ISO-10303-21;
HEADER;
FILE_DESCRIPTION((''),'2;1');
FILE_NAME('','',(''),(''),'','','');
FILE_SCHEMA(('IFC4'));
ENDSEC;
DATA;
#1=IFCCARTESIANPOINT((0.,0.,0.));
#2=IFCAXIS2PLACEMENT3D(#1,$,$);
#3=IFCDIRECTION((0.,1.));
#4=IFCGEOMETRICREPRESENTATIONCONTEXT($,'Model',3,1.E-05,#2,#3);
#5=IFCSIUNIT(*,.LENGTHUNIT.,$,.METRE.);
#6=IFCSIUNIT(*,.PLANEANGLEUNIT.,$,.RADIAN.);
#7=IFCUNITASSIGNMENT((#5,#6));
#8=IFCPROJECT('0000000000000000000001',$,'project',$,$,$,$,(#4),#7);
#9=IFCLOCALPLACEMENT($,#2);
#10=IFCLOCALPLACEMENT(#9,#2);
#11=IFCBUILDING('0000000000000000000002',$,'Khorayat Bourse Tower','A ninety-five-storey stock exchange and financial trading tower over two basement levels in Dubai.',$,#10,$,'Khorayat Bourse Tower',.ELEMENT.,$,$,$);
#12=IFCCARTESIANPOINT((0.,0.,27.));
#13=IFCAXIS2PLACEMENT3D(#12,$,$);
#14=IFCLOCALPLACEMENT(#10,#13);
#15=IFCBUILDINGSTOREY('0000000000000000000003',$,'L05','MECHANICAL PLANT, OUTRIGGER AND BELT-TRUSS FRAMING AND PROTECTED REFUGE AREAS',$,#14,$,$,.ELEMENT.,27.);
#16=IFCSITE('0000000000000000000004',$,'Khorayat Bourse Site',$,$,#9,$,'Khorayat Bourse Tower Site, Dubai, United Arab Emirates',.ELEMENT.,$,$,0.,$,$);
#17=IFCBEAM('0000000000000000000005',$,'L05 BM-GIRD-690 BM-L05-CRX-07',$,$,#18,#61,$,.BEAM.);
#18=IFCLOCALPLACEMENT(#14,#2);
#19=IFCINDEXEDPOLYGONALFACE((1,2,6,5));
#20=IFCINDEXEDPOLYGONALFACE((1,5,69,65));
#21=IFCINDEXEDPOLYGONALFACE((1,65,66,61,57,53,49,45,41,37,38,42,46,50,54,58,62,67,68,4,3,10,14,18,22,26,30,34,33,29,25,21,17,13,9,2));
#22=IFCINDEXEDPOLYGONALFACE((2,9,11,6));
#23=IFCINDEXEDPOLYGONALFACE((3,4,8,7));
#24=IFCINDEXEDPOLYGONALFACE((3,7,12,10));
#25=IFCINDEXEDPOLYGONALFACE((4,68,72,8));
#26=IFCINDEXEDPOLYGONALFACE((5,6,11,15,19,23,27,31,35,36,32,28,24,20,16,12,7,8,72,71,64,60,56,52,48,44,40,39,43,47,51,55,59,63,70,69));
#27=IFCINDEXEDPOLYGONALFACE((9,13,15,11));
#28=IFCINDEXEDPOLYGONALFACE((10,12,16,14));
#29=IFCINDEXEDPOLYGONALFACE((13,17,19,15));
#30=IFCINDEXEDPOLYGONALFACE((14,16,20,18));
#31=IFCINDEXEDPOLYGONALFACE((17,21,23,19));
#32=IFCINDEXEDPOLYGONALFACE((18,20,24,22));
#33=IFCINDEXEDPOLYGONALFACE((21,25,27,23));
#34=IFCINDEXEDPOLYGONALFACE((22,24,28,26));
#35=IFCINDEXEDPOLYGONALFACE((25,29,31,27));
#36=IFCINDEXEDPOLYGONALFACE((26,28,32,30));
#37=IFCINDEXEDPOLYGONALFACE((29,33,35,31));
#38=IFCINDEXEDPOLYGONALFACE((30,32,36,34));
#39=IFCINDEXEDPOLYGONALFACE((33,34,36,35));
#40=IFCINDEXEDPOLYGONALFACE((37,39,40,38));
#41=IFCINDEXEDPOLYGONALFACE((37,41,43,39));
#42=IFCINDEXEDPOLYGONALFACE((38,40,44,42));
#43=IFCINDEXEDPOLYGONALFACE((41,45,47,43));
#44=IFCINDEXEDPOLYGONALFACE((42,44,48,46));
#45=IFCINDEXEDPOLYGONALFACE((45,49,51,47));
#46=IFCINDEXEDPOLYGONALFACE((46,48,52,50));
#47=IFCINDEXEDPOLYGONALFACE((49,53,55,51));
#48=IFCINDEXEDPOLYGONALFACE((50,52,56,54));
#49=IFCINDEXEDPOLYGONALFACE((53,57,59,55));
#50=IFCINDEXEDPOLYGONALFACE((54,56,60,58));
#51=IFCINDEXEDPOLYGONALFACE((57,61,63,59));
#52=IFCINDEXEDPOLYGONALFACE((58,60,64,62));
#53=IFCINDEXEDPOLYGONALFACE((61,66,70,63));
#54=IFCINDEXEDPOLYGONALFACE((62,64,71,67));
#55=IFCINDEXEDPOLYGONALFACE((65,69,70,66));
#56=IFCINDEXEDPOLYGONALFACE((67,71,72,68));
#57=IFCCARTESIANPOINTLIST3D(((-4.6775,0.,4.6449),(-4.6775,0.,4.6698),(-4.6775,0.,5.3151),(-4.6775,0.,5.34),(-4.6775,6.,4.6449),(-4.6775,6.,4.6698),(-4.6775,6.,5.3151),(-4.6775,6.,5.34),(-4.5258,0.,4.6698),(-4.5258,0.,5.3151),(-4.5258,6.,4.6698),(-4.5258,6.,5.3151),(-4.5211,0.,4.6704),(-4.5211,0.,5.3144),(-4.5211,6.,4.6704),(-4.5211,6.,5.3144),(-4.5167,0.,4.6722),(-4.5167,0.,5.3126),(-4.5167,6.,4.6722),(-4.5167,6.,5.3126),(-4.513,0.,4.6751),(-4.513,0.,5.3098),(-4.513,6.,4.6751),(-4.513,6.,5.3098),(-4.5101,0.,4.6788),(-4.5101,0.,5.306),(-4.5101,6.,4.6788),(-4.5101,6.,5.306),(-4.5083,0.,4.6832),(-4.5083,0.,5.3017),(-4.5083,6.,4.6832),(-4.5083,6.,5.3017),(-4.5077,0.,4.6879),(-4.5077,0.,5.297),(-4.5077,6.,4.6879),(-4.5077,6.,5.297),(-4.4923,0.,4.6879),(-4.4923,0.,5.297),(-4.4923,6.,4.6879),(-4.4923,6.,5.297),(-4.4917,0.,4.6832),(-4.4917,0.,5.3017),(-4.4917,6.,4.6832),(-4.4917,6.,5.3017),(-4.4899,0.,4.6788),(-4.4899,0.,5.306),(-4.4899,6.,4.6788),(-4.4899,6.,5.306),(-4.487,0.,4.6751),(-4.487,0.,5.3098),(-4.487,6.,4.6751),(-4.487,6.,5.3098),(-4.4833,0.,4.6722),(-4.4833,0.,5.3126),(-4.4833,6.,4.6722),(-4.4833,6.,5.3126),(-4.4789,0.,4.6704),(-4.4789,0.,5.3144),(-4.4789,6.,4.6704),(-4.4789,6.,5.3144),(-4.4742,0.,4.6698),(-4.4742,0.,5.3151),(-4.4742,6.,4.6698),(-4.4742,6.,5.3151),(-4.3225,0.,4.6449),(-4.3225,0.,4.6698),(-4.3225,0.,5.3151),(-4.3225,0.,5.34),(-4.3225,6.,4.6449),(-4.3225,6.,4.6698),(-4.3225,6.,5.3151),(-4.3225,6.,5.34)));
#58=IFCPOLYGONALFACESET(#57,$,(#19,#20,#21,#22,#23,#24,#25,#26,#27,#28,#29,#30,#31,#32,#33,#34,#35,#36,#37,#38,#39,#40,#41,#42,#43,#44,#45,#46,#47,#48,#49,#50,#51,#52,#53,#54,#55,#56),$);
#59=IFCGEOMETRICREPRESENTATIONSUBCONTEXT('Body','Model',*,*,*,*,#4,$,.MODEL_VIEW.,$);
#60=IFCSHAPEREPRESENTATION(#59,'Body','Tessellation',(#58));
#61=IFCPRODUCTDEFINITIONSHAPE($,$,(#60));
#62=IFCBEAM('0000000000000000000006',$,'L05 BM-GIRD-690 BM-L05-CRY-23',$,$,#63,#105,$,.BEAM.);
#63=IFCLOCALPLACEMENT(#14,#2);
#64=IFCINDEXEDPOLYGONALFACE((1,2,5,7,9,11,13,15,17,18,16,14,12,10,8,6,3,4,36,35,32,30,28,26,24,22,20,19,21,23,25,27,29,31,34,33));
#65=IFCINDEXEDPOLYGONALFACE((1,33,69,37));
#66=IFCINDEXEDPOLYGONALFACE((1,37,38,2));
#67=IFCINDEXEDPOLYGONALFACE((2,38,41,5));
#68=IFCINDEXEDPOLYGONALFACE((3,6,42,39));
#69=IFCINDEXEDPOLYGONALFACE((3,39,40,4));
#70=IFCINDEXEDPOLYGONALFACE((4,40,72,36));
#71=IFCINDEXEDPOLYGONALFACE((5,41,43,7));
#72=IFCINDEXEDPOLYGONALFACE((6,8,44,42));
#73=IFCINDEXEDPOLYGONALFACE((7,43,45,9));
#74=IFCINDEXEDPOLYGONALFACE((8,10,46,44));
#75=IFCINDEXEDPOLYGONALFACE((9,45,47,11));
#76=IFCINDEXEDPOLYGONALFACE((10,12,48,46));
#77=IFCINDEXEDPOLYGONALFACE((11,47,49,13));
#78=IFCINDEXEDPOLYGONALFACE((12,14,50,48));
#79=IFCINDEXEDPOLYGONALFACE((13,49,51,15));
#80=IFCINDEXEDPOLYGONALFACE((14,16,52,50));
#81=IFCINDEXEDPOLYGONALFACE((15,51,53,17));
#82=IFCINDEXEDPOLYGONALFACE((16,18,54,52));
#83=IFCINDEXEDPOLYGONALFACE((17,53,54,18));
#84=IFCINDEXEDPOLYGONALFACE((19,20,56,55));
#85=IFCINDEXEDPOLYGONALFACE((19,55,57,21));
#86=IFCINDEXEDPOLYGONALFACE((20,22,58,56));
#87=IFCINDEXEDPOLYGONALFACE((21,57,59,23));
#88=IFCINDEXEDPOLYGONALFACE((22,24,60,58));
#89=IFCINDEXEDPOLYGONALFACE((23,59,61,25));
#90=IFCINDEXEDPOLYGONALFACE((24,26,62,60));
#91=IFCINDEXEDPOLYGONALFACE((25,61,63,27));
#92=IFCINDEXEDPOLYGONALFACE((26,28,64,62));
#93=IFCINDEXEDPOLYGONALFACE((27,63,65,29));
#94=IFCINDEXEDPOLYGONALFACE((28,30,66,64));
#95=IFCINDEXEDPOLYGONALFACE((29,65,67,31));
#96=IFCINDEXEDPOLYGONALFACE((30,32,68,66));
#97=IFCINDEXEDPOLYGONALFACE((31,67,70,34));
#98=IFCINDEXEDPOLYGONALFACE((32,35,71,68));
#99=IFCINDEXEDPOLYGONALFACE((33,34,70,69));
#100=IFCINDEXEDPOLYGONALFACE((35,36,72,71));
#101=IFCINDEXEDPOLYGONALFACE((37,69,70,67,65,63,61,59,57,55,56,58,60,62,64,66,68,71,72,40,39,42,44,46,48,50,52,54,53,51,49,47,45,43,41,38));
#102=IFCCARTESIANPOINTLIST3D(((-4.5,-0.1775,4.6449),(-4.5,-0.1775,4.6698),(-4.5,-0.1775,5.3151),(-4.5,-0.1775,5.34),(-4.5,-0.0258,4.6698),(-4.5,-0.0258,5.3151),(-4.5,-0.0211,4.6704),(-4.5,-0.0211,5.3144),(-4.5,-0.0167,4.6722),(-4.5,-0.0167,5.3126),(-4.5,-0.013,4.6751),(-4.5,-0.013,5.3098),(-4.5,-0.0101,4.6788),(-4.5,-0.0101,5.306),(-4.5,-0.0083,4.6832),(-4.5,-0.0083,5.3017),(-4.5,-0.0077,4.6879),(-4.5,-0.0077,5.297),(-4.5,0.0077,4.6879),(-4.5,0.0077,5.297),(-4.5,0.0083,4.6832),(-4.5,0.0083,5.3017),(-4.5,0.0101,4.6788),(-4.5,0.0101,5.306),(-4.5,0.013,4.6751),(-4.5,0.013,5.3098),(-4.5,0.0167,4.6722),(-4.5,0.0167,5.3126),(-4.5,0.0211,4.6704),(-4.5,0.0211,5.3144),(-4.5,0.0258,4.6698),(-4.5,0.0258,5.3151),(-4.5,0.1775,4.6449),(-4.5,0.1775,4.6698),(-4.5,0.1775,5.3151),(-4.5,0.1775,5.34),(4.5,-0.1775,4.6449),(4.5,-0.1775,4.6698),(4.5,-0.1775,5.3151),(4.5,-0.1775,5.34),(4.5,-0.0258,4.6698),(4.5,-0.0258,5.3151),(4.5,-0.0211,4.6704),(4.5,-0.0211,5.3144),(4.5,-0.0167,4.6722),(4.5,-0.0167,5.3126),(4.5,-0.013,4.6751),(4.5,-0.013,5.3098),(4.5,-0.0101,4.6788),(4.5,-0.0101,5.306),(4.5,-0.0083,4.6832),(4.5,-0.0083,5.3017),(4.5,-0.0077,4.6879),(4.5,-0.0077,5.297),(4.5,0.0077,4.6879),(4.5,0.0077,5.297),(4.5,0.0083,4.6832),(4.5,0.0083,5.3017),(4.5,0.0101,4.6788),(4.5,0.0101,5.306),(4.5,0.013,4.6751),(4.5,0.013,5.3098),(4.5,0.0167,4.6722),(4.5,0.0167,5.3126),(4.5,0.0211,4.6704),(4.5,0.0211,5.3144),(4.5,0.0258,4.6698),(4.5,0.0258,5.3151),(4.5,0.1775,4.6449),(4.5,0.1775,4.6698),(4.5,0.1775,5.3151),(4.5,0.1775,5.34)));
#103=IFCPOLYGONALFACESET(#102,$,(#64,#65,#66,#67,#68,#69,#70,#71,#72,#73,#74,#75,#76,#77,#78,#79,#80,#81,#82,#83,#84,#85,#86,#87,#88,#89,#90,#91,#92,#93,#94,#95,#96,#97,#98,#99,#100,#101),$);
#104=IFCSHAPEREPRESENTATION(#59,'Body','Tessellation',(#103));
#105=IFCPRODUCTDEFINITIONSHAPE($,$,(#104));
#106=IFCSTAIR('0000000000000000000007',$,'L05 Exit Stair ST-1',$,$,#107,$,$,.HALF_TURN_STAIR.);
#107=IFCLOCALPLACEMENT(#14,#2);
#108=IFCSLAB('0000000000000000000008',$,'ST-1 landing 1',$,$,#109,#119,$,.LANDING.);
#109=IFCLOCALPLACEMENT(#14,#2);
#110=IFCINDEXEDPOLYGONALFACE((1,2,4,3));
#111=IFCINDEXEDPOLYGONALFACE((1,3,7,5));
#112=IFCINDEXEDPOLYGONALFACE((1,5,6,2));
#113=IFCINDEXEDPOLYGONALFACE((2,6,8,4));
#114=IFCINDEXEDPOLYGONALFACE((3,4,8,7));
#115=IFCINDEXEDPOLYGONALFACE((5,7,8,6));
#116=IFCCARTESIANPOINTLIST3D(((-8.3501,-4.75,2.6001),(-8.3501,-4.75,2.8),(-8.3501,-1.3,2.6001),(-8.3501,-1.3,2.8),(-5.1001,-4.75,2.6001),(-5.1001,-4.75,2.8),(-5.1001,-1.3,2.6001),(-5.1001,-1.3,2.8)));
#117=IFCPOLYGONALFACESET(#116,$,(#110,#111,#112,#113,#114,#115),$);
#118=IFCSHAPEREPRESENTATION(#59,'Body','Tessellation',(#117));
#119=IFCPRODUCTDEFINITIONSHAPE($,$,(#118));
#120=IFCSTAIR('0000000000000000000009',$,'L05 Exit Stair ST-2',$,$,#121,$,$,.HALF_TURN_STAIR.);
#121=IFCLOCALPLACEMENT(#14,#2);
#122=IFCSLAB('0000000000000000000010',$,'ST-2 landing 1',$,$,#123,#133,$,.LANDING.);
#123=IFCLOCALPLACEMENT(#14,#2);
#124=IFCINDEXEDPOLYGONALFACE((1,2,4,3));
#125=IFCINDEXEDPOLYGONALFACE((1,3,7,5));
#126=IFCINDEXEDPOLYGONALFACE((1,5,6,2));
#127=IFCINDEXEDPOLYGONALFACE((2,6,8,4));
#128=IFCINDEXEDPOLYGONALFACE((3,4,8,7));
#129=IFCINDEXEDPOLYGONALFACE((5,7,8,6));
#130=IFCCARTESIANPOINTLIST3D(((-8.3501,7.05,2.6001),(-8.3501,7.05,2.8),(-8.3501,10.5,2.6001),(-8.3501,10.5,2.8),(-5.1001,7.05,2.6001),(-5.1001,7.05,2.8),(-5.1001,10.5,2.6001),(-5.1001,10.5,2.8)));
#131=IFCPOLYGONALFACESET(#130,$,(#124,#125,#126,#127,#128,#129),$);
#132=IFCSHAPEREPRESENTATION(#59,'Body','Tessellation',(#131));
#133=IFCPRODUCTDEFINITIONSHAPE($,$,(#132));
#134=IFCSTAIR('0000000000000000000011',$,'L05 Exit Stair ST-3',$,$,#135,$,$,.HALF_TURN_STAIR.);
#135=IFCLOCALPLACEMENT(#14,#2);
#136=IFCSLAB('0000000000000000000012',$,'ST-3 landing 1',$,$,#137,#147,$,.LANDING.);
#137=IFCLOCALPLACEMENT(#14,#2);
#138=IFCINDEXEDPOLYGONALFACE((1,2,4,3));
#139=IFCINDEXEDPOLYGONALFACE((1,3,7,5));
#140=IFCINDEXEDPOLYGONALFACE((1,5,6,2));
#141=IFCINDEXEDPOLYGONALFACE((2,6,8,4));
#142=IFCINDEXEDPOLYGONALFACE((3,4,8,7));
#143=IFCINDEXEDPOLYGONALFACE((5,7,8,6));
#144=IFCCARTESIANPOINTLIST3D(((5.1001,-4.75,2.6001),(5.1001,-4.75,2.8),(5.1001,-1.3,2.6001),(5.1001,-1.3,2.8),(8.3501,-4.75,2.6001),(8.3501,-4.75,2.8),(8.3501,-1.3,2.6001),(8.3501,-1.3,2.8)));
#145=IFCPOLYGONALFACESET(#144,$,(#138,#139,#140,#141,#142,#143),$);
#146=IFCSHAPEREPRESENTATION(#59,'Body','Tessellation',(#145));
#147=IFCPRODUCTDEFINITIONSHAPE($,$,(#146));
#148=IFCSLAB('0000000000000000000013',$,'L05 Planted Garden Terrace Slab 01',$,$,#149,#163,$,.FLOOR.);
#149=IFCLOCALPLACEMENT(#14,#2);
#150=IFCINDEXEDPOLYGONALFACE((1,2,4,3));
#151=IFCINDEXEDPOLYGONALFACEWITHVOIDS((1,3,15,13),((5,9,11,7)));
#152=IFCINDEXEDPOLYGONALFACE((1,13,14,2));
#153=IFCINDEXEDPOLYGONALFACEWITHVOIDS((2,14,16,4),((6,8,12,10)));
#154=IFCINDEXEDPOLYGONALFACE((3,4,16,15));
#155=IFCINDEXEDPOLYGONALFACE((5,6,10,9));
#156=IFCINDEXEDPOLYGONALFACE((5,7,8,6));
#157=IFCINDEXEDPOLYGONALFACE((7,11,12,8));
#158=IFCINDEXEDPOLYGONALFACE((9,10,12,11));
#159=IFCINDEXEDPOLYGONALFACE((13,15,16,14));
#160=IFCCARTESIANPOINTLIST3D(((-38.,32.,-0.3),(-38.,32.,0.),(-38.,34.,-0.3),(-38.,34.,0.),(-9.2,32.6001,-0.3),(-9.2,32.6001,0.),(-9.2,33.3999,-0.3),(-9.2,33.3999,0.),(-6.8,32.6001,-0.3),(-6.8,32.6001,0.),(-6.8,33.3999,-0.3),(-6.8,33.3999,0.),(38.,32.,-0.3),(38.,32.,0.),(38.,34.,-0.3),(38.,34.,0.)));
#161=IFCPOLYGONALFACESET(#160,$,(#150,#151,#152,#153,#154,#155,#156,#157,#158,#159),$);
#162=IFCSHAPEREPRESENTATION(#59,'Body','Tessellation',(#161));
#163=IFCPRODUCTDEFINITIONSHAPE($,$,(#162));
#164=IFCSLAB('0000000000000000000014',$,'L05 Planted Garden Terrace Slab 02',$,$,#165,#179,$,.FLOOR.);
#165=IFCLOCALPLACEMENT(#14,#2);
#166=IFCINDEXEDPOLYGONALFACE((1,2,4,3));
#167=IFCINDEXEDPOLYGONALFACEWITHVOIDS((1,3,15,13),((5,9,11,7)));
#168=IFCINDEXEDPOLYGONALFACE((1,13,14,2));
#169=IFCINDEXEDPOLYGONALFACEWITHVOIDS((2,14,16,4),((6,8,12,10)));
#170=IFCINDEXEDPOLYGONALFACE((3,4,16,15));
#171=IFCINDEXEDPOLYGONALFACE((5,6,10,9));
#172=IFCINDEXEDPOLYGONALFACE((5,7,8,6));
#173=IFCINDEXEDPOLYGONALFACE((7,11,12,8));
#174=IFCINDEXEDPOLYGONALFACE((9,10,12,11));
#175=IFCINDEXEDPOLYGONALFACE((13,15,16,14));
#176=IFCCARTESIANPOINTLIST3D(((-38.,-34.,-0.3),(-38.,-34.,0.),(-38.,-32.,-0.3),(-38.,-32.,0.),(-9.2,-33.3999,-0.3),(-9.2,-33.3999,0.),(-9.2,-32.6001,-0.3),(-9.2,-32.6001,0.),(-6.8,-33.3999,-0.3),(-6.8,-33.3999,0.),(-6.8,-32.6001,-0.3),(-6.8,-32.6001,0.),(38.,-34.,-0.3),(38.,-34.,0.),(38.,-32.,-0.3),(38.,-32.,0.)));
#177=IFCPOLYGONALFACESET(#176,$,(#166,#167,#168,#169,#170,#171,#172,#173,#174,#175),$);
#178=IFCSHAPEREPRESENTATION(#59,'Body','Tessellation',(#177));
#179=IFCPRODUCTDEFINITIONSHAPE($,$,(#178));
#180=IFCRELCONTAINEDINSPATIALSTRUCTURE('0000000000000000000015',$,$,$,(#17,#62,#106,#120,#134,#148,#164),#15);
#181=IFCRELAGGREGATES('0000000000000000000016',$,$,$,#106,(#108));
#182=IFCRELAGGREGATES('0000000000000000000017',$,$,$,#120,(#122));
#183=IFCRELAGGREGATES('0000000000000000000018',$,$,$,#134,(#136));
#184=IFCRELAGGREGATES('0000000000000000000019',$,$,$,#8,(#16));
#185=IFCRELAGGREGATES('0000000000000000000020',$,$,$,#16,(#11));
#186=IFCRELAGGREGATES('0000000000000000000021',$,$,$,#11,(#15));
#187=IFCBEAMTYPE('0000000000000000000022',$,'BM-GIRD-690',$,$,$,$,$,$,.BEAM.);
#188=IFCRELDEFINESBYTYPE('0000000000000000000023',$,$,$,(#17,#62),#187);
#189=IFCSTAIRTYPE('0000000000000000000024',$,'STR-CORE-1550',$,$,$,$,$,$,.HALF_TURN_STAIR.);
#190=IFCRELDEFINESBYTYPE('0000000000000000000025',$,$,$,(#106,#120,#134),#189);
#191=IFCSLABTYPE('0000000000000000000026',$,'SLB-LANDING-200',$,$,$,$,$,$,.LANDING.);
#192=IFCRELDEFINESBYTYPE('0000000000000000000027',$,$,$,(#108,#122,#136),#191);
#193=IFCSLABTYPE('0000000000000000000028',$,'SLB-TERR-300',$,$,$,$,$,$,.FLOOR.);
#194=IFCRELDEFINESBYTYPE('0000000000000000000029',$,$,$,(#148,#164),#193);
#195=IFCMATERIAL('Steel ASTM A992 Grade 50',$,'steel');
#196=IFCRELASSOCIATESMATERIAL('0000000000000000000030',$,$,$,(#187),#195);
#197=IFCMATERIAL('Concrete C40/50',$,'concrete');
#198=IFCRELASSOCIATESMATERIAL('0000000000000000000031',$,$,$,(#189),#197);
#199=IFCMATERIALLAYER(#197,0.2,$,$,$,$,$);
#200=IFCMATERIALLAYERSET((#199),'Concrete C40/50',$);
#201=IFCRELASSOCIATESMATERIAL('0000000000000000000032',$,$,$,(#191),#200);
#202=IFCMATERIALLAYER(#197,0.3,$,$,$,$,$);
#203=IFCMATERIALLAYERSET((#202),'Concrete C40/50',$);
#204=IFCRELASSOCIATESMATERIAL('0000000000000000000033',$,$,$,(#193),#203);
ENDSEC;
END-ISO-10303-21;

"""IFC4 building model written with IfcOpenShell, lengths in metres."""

from ifc_helpers import new_model, si_unit, direction, frame, origin, origin_2d, place, context, subcontext, project, spatial, polyline, i_section, outline, extrude, source, transform, mapped, material, layer, layer_set, material_profile, profile_set, type_object, element, aggregate, save


model = new_model("IFC4")

# Units and contexts
model_context = context("Model", 3, precision=1e-05, world=origin(), true_north=direction((0.0, 1.0)))
body_context = subcontext(model_context, "Body", "Model", "MODEL_VIEW")
ifc_project = project(units=[si_unit("LENGTHUNIT", "METRE"), si_unit("PLANEANGLEUNIT", "RADIAN")], contexts=[model_context])

# Site, building, storey
site_placement = place(None, origin())
site = spatial("IfcSite", under=ifc_project, at=site_placement, Name="Khorayat Bourse Site", LongName="Khorayat Bourse Tower Site, Dubai, United Arab Emirates", CompositionType="ELEMENT", RefElevation=0.0)
building_placement = place(site_placement, origin())
building = spatial("IfcBuilding", under=site, at=building_placement, Name="Khorayat Bourse Tower", Description="A ninety-five-storey stock exchange and financial trading tower over two basement levels in Dubai.", LongName="Khorayat Bourse Tower", CompositionType="ELEMENT")
storey_placement = place(building_placement, frame((0.0, 0.0, 27.0)))
storey = spatial("IfcBuildingStorey", under=building, at=storey_placement, Name="L05", Description="MECHANICAL PLANT, OUTRIGGER AND BELT-TRUSS FRAMING AND PROTECTED REFUGE AREAS", CompositionType="ELEMENT", Elevation=27.0)

# Beams
ifc_material_1 = material(Name="Steel ASTM A992 Grade 50", Category="steel")
ifc_material_profile = material_profile(ifc_material_1, i_section(OverallWidth=0.355, OverallDepth=0.6951, WebThickness=0.0154, FlangeThickness=0.0249, FilletRadius=0.0181, at=origin_2d()), Name="W690X217")
ifc_profile_set = profile_set([ifc_material_profile], Name="Steel ASTM A992 Grade 50")
beam_type = type_object("IfcBeamType", Name="BM-GIRD-690", PredefinedType="BEAM", material=ifc_profile_set)
shared_shape_1 = source(origin(), body_context, "Body", "SweptSolid", [
    extrude(i_section(OverallWidth=0.355, OverallDepth=0.6951, WebThickness=0.0154, FlangeThickness=0.0249, FilletRadius=0.0181, at=origin_2d()), origin(), (0.0, 0.0, 1.0), 6.0),
])
beam_1_placement = place(storey_placement, frame((-4.5, 0.0, 4.9924), z_axis=(0.0, 1.0, 0.0), x_axis=(-1.0, 0.0, 0.0)))
element("IfcBeam", 1, at=beam_1_placement, inside=storey, type_object=beam_type, Name="L05 BM-GIRD-690 BM-L05-CRX-07", PredefinedType="BEAM", context=body_context, shape_type="MappedRepresentation", body=[
    mapped(shared_shape_1, transform((0.0, 0.0, 0.0), scale=1.0)),
])
shared_shape_2 = source(origin(), body_context, "Body", "SweptSolid", [
    extrude(i_section(OverallWidth=0.355, OverallDepth=0.6951, WebThickness=0.0154, FlangeThickness=0.0249, FilletRadius=0.0181, at=origin_2d()), origin(), (0.0, 0.0, 1.0), 9.0),
])
beam_2_placement = place(storey_placement, frame((-4.5, 0.0, 4.9924), z_axis=(1.0, 0.0, 0.0), x_axis=(0.0, 1.0, 0.0)))
element("IfcBeam", 2, at=beam_2_placement, inside=storey, type_object=beam_type, Name="L05 BM-GIRD-690 BM-L05-CRY-23", PredefinedType="BEAM", context=body_context, shape_type="MappedRepresentation", body=[
    mapped(shared_shape_2, transform((0.0, 0.0, 0.0), scale=1.0)),
])

# Stairs, slabs
ifc_material_2 = material(Name="Concrete C40/50", Category="concrete")
stair_type = type_object("IfcStairType", Name="STR-CORE-1550", PredefinedType="HALF_TURN_STAIR", material=ifc_material_2)
stair_1_placement = place(storey_placement, origin())
stair_1 = element("IfcStair", 3, at=stair_1_placement, inside=storey, type_object=stair_type, Name="L05 Exit Stair ST-1", PredefinedType="HALF_TURN_STAIR")
ifc_layer_1 = layer(ifc_material_2, 0.2)
ifc_layer_set_1 = layer_set([ifc_layer_1], Name="Concrete C40/50")
slab_type_1 = type_object("IfcSlabType", Name="SLB-LANDING-200", PredefinedType="LANDING", material=ifc_layer_set_1)
slab_1_placement = place(storey_placement, frame((0.0, 0.0, 2.6001)))
slab_1 = element("IfcSlab", 4, at=slab_1_placement, type_object=slab_type_1, Name="ST-1 landing 1", PredefinedType="LANDING", context=body_context, shape_type="SweptSolid", body=[
    extrude(outline(polyline([(-5.1001, -4.75), (-5.1001, -1.3), (-8.3501, -1.3), (-8.3501, -4.75), (-5.1001, -4.75)])), origin(), (0.0, 0.0, 1.0), 0.2),
])
aggregate(stair_1, [slab_1])
stair_2_placement = place(storey_placement, origin())
stair_2 = element("IfcStair", 5, at=stair_2_placement, inside=storey, type_object=stair_type, Name="L05 Exit Stair ST-2", PredefinedType="HALF_TURN_STAIR")
slab_2_placement = place(storey_placement, frame((0.0, 0.0, 2.6001)))
slab_2 = element("IfcSlab", 6, at=slab_2_placement, type_object=slab_type_1, Name="ST-2 landing 1", PredefinedType="LANDING", context=body_context, shape_type="SweptSolid", body=[
    extrude(outline(polyline([(-5.1001, 7.05), (-5.1001, 10.5), (-8.3501, 10.5), (-8.3501, 7.05), (-5.1001, 7.05)])), origin(), (0.0, 0.0, 1.0), 0.2),
])
aggregate(stair_2, [slab_2])
stair_3_placement = place(storey_placement, origin())
stair_3 = element("IfcStair", 7, at=stair_3_placement, inside=storey, type_object=stair_type, Name="L05 Exit Stair ST-3", PredefinedType="HALF_TURN_STAIR")
slab_3_placement = place(storey_placement, frame((0.0, 0.0, 2.6001)))
slab_3 = element("IfcSlab", 8, at=slab_3_placement, type_object=slab_type_1, Name="ST-3 landing 1", PredefinedType="LANDING", context=body_context, shape_type="SweptSolid", body=[
    extrude(outline(polyline([(8.3501, -4.75), (8.3501, -1.3), (5.1001, -1.3), (5.1001, -4.75), (8.3501, -4.75)])), origin(), (0.0, 0.0, 1.0), 0.2),
])
aggregate(stair_3, [slab_3])

# Slabs
ifc_layer_2 = layer(ifc_material_2, 0.3)
ifc_layer_set_2 = layer_set([ifc_layer_2], Name="Concrete C40/50")
slab_type_2 = type_object("IfcSlabType", Name="SLB-TERR-300", PredefinedType="FLOOR", material=ifc_layer_set_2)
slab_4_placement = place(storey_placement, frame((0.0, 0.0, -0.3)))
element("IfcSlab", 9, at=slab_4_placement, inside=storey, type_object=slab_type_2, Name="L05 Planted Garden Terrace Slab 01", PredefinedType="FLOOR", context=body_context, shape_type="SweptSolid", body=[
    extrude(outline(polyline([(-38.0, 32.0), (38.0, 32.0), (38.0, 34.0), (-38.0, 34.0), (-38.0, 32.0)]), holes=[polyline([(-9.2, 32.6001), (-6.8, 32.6001), (-6.8, 33.3999), (-9.2, 33.3999), (-9.2, 32.6001)])]), origin(), (0.0, 0.0, 1.0), 0.3),
])
slab_5_placement = place(storey_placement, frame((0.0, 0.0, -0.3)))
element("IfcSlab", 10, at=slab_5_placement, inside=storey, type_object=slab_type_2, Name="L05 Planted Garden Terrace Slab 02", PredefinedType="FLOOR", context=body_context, shape_type="SweptSolid", body=[
    extrude(outline(polyline([(-38.0, -34.0), (38.0, -34.0), (38.0, -32.0), (-38.0, -32.0), (-38.0, -34.0)]), holes=[polyline([(-9.2, -33.3999), (-6.8, -33.3999), (-6.8, -32.6001), (-9.2, -32.6001), (-9.2, -33.3999)])]), origin(), (0.0, 0.0, 1.0), 0.3),
])

save(model, "model.ifc")
